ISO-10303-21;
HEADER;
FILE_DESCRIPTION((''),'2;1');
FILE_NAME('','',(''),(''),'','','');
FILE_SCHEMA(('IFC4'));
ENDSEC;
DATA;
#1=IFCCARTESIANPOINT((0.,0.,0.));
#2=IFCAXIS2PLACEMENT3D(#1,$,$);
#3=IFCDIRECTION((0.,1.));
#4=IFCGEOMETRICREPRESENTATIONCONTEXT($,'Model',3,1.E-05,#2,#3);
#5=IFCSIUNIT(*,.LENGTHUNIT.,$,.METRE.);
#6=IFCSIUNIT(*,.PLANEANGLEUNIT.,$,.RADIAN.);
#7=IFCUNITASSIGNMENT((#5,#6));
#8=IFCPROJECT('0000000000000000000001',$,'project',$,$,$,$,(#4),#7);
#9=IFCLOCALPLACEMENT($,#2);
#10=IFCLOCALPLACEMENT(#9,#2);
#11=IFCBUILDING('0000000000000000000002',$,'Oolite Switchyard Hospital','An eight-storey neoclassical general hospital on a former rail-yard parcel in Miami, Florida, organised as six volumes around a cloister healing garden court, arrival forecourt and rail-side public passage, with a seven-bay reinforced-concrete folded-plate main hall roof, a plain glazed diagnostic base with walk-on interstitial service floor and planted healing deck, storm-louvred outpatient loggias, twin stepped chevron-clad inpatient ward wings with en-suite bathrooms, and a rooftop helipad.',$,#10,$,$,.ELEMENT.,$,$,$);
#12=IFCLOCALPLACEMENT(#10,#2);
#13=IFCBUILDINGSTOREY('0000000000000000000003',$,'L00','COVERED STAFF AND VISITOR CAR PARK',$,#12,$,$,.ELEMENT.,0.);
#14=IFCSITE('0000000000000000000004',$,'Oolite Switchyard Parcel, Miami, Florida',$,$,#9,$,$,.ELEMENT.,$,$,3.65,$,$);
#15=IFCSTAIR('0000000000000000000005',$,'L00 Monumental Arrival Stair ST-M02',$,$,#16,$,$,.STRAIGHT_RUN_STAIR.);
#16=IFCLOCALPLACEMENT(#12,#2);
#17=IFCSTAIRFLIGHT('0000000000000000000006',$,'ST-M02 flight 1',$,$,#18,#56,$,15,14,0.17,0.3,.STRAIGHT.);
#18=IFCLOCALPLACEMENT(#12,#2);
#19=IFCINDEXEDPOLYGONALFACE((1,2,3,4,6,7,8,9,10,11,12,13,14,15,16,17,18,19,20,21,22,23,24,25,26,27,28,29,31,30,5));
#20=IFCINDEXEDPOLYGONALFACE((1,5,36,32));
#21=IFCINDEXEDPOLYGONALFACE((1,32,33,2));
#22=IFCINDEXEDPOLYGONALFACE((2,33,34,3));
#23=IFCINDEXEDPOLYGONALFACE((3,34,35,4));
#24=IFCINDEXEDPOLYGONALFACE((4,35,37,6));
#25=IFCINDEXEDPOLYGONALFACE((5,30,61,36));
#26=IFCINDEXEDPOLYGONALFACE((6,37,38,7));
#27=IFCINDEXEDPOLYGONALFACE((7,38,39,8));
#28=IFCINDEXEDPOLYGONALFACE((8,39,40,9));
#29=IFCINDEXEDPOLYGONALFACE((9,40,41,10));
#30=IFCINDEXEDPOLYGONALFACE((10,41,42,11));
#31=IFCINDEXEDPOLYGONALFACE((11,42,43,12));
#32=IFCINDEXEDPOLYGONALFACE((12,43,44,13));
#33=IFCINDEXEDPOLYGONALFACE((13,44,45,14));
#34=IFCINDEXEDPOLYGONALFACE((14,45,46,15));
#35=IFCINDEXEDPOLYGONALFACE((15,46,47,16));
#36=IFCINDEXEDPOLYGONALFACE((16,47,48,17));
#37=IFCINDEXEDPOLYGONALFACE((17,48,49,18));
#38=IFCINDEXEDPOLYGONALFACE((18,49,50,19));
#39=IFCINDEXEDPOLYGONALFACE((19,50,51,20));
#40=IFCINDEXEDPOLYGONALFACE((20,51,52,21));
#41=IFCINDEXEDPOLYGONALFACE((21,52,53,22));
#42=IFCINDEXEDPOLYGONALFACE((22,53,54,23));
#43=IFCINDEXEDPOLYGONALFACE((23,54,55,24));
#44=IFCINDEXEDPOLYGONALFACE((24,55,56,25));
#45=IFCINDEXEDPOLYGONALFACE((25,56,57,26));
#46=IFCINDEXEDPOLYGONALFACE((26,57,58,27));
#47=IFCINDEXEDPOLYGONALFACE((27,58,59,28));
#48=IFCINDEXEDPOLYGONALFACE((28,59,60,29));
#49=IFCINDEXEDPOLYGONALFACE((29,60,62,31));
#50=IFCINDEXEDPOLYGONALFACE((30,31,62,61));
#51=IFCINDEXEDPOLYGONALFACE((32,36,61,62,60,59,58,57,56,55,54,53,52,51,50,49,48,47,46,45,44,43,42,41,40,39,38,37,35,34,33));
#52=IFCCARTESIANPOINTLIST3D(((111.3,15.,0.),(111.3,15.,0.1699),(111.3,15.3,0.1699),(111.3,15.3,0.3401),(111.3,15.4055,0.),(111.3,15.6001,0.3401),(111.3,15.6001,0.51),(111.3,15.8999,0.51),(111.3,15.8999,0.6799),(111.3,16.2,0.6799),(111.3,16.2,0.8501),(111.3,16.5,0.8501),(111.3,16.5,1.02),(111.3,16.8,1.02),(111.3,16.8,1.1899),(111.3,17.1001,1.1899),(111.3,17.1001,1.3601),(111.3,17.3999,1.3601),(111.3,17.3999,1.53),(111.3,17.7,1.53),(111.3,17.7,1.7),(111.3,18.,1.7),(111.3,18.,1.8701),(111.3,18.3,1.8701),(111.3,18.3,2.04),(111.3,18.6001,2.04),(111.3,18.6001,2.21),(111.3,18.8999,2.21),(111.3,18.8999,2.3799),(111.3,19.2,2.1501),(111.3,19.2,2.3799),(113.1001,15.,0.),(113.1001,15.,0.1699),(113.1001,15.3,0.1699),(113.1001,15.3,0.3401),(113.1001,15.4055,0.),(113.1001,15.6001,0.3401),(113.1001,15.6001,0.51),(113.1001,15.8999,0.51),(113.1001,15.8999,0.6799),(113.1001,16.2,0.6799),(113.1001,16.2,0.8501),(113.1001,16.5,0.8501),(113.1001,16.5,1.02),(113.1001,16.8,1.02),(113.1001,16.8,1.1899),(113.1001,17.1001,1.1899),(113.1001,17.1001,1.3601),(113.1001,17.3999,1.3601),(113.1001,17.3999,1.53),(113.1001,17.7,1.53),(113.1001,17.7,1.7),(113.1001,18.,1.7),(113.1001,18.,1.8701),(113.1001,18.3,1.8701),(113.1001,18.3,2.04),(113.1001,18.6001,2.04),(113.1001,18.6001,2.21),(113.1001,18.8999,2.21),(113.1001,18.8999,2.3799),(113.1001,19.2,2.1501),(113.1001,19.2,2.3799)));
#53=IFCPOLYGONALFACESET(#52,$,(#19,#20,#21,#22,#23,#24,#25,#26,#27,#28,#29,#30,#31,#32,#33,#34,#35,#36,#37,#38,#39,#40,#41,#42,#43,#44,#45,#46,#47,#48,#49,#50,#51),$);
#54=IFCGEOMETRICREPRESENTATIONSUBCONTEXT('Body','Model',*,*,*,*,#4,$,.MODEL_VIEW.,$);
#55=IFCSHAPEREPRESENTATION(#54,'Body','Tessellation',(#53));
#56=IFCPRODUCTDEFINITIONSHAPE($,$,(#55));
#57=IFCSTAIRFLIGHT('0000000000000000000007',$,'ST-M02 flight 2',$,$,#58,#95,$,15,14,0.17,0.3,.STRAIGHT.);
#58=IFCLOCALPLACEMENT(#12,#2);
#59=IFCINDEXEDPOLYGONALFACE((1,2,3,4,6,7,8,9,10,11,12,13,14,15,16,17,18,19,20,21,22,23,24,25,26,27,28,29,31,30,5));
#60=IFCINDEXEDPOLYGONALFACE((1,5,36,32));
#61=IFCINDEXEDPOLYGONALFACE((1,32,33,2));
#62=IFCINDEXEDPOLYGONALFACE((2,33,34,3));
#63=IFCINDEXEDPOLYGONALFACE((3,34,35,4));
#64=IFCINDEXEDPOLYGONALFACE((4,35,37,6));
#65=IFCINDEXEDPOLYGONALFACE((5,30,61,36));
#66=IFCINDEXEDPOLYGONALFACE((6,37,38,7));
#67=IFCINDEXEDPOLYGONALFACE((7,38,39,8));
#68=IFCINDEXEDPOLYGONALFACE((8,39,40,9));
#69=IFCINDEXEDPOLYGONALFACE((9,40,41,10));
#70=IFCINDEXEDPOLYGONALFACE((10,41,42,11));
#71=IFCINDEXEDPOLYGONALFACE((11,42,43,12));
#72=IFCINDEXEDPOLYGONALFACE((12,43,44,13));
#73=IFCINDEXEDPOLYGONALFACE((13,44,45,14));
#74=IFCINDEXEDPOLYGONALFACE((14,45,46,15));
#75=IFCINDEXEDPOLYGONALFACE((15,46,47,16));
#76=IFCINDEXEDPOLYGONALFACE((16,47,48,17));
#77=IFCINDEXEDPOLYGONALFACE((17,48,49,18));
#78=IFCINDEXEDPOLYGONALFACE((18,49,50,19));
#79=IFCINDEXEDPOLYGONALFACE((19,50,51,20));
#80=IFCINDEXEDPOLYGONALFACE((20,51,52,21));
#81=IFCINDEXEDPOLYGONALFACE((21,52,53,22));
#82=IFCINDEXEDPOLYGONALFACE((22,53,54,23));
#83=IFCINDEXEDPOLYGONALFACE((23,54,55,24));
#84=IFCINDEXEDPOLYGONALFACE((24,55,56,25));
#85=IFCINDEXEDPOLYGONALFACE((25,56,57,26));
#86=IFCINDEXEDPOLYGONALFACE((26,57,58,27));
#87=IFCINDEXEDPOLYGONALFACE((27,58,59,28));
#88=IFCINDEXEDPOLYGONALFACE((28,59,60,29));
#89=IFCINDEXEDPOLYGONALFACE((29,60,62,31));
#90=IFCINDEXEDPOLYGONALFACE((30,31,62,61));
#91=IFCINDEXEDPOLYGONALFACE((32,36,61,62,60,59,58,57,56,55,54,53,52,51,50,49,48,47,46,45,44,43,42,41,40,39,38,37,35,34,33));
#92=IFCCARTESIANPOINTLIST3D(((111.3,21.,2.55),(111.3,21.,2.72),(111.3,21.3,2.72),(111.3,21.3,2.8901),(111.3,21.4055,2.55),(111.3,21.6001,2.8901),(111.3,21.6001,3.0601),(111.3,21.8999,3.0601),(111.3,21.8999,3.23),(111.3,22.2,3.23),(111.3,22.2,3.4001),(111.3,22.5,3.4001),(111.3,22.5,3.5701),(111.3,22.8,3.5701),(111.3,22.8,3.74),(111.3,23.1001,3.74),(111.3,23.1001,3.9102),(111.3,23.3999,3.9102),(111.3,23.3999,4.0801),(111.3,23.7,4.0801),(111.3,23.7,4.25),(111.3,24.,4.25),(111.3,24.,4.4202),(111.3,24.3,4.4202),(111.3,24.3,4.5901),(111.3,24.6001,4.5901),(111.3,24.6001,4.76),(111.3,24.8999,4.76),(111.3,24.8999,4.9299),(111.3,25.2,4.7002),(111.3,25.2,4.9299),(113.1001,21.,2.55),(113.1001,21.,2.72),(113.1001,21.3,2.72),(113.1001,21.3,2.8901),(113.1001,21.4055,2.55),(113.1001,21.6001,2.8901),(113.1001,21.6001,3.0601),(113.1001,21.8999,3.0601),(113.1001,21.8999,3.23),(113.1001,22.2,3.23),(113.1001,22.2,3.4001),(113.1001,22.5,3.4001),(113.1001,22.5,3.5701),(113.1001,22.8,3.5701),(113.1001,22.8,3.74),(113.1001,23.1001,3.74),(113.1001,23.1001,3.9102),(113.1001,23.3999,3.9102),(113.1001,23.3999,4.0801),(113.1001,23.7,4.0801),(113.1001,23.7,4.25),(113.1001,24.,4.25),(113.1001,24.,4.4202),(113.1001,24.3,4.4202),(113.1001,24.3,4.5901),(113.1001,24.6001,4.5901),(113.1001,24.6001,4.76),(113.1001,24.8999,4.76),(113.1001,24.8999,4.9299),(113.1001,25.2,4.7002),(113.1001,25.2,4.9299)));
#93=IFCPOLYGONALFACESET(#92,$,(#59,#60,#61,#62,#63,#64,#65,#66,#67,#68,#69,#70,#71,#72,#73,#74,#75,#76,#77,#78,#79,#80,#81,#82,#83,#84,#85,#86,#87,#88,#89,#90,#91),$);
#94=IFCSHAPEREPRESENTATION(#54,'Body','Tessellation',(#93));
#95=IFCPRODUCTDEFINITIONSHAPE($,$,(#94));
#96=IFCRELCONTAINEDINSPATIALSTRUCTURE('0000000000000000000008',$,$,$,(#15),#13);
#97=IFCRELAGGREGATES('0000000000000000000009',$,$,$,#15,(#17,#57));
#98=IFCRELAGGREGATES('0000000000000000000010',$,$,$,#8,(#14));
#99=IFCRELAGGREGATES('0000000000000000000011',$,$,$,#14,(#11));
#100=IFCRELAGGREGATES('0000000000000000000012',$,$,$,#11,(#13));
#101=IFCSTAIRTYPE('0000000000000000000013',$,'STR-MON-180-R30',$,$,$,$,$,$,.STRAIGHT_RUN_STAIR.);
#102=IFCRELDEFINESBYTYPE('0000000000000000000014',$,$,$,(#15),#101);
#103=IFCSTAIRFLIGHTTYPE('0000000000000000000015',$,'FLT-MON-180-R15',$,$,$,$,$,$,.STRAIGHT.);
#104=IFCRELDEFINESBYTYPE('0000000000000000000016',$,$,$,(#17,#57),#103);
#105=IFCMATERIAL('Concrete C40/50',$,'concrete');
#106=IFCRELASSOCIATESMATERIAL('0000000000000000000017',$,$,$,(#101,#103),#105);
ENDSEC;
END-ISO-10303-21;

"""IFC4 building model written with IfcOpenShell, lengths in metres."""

from ifc_helpers import new_model, si_unit, direction, frame, origin, place, context, subcontext, project, spatial, polyline, outline, extrude, material, type_object, element, aggregate, save


model = new_model("IFC4")

# Units and contexts
model_context = context("Model", 3, precision=1e-05, world=origin(), true_north=direction((0.0, 1.0)))
body_context = subcontext(model_context, "Body", "Model", "MODEL_VIEW")
ifc_project = project(units=[si_unit("LENGTHUNIT", "METRE"), si_unit("PLANEANGLEUNIT", "RADIAN")], contexts=[model_context])

# Site, building, storey
site_placement = place(None, origin())
site = spatial("IfcSite", under=ifc_project, at=site_placement, Name="Oolite Switchyard Parcel, Miami, Florida", CompositionType="ELEMENT", RefElevation=3.65)
building_placement = place(site_placement, origin())
building = spatial("IfcBuilding", under=site, at=building_placement, Name="Oolite Switchyard Hospital", Description="An eight-storey neoclassical general hospital on a former rail-yard parcel in Miami, Florida, organised as six volumes around a cloister healing garden court, arrival forecourt and rail-side public passage, with a seven-bay reinforced-concrete folded-plate main hall roof, a plain glazed diagnostic base with walk-on interstitial service floor and planted healing deck, storm-louvred outpatient loggias, twin stepped chevron-clad inpatient ward wings with en-suite bathrooms, and a rooftop helipad.", CompositionType="ELEMENT")
storey_placement = place(building_placement, origin())
storey = spatial("IfcBuildingStorey", under=building, at=storey_placement, Name="L00", Description="COVERED STAFF AND VISITOR CAR PARK", CompositionType="ELEMENT", Elevation=0.0)

# Shared definitions
ifc_material_1 = material(Name="Concrete C40/50", Category="concrete")

# Stair, stair flights
stair_type = type_object("IfcStairType", Name="STR-MON-180-R30", PredefinedType="STRAIGHT_RUN_STAIR", material=ifc_material_1)
stair_placement = place(storey_placement, origin())
stair = element("IfcStair", 1, at=stair_placement, inside=storey, type_object=stair_type, Name="L00 Monumental Arrival Stair ST-M02", PredefinedType="STRAIGHT_RUN_STAIR")
stair_flight_type = type_object("IfcStairFlightType", Name="FLT-MON-180-R15", PredefinedType="STRAIGHT", material=ifc_material_1)
stair_flight_1_placement = place(storey_placement, frame((112.2, 15.0, 0.0), z_axis=(0.0, 0.0, 1.0), x_axis=(0.0, 1.0, 0.0)))
stair_flight_1 = element("IfcStairFlight", 2, at=stair_flight_1_placement, type_object=stair_flight_type, Name="ST-M02 flight 1", NumberOfRisers=15, NumberOfTreads=14, PredefinedType="STRAIGHT", RiserHeight=0.17, TreadLength=0.3, context=body_context, shape_type="SweptSolid", body=[
    extrude(outline(polyline([(0.0, 0.0), (0.0, 0.1699), (0.3, 0.1699), (0.3, 0.3401), (0.6001, 0.3401), (0.6001, 0.51), (0.8999, 0.51), (0.8999, 0.6799), (1.2, 0.6799), (1.2, 0.8501), (1.5, 0.8501), (1.5, 1.02), (1.8, 1.02), (1.8, 1.1899), (2.1001, 1.1899), (2.1001, 1.3601), (2.3999, 1.3601), (2.3999, 1.53), (2.7, 1.53), (2.7, 1.7), (3.0, 1.7), (3.0, 1.8701), (3.3, 1.8701), (3.3, 2.04), (3.6001, 2.04), (3.6001, 2.21), (3.8999, 2.21), (3.8999, 2.3799), (4.2, 2.3799), (4.2, 2.55), (4.2, 2.1501), (0.4055, 0.0), (0.0, 0.0)])), frame((0.0, 0.8999, 0.0), z_axis=(0.0, -1.0, 0.0), x_axis=(1.0, 0.0, 0.0)), (0.0, 0.0, 1.0), 1.8),
])
stair_flight_2_placement = place(storey_placement, frame((112.2, 21.0, 2.55), z_axis=(0.0, 0.0, 1.0), x_axis=(0.0, 1.0, 0.0)))
stair_flight_2 = element("IfcStairFlight", 3, at=stair_flight_2_placement, type_object=stair_flight_type, Name="ST-M02 flight 2", NumberOfRisers=15, NumberOfTreads=14, PredefinedType="STRAIGHT", RiserHeight=0.17, TreadLength=0.3, context=body_context, shape_type="SweptSolid", body=[
    extrude(outline(polyline([(0.0, 0.0), (0.0, 0.1699), (0.3, 0.1699), (0.3, 0.3401), (0.6001, 0.3401), (0.6001, 0.51), (0.8999, 0.51), (0.8999, 0.6799), (1.2, 0.6799), (1.2, 0.8501), (1.5, 0.8501), (1.5, 1.02), (1.8, 1.02), (1.8, 1.1899), (2.1001, 1.1899), (2.1001, 1.3601), (2.3999, 1.3601), (2.3999, 1.53), (2.7, 1.53), (2.7, 1.7), (3.0, 1.7), (3.0, 1.8701), (3.3, 1.8701), (3.3, 2.04), (3.6001, 2.04), (3.6001, 2.21), (3.8999, 2.21), (3.8999, 2.3799), (4.2, 2.3799), (4.2, 2.55), (4.2, 2.1501), (0.4055, 0.0), (0.0, 0.0)])), frame((0.0, 0.8999, 0.0), z_axis=(0.0, -1.0, 0.0), x_axis=(1.0, 0.0, 0.0)), (0.0, 0.0, 1.0), 1.8),
])
aggregate(stair, [stair_flight_1, stair_flight_2])

save(model, "model.ifc")
